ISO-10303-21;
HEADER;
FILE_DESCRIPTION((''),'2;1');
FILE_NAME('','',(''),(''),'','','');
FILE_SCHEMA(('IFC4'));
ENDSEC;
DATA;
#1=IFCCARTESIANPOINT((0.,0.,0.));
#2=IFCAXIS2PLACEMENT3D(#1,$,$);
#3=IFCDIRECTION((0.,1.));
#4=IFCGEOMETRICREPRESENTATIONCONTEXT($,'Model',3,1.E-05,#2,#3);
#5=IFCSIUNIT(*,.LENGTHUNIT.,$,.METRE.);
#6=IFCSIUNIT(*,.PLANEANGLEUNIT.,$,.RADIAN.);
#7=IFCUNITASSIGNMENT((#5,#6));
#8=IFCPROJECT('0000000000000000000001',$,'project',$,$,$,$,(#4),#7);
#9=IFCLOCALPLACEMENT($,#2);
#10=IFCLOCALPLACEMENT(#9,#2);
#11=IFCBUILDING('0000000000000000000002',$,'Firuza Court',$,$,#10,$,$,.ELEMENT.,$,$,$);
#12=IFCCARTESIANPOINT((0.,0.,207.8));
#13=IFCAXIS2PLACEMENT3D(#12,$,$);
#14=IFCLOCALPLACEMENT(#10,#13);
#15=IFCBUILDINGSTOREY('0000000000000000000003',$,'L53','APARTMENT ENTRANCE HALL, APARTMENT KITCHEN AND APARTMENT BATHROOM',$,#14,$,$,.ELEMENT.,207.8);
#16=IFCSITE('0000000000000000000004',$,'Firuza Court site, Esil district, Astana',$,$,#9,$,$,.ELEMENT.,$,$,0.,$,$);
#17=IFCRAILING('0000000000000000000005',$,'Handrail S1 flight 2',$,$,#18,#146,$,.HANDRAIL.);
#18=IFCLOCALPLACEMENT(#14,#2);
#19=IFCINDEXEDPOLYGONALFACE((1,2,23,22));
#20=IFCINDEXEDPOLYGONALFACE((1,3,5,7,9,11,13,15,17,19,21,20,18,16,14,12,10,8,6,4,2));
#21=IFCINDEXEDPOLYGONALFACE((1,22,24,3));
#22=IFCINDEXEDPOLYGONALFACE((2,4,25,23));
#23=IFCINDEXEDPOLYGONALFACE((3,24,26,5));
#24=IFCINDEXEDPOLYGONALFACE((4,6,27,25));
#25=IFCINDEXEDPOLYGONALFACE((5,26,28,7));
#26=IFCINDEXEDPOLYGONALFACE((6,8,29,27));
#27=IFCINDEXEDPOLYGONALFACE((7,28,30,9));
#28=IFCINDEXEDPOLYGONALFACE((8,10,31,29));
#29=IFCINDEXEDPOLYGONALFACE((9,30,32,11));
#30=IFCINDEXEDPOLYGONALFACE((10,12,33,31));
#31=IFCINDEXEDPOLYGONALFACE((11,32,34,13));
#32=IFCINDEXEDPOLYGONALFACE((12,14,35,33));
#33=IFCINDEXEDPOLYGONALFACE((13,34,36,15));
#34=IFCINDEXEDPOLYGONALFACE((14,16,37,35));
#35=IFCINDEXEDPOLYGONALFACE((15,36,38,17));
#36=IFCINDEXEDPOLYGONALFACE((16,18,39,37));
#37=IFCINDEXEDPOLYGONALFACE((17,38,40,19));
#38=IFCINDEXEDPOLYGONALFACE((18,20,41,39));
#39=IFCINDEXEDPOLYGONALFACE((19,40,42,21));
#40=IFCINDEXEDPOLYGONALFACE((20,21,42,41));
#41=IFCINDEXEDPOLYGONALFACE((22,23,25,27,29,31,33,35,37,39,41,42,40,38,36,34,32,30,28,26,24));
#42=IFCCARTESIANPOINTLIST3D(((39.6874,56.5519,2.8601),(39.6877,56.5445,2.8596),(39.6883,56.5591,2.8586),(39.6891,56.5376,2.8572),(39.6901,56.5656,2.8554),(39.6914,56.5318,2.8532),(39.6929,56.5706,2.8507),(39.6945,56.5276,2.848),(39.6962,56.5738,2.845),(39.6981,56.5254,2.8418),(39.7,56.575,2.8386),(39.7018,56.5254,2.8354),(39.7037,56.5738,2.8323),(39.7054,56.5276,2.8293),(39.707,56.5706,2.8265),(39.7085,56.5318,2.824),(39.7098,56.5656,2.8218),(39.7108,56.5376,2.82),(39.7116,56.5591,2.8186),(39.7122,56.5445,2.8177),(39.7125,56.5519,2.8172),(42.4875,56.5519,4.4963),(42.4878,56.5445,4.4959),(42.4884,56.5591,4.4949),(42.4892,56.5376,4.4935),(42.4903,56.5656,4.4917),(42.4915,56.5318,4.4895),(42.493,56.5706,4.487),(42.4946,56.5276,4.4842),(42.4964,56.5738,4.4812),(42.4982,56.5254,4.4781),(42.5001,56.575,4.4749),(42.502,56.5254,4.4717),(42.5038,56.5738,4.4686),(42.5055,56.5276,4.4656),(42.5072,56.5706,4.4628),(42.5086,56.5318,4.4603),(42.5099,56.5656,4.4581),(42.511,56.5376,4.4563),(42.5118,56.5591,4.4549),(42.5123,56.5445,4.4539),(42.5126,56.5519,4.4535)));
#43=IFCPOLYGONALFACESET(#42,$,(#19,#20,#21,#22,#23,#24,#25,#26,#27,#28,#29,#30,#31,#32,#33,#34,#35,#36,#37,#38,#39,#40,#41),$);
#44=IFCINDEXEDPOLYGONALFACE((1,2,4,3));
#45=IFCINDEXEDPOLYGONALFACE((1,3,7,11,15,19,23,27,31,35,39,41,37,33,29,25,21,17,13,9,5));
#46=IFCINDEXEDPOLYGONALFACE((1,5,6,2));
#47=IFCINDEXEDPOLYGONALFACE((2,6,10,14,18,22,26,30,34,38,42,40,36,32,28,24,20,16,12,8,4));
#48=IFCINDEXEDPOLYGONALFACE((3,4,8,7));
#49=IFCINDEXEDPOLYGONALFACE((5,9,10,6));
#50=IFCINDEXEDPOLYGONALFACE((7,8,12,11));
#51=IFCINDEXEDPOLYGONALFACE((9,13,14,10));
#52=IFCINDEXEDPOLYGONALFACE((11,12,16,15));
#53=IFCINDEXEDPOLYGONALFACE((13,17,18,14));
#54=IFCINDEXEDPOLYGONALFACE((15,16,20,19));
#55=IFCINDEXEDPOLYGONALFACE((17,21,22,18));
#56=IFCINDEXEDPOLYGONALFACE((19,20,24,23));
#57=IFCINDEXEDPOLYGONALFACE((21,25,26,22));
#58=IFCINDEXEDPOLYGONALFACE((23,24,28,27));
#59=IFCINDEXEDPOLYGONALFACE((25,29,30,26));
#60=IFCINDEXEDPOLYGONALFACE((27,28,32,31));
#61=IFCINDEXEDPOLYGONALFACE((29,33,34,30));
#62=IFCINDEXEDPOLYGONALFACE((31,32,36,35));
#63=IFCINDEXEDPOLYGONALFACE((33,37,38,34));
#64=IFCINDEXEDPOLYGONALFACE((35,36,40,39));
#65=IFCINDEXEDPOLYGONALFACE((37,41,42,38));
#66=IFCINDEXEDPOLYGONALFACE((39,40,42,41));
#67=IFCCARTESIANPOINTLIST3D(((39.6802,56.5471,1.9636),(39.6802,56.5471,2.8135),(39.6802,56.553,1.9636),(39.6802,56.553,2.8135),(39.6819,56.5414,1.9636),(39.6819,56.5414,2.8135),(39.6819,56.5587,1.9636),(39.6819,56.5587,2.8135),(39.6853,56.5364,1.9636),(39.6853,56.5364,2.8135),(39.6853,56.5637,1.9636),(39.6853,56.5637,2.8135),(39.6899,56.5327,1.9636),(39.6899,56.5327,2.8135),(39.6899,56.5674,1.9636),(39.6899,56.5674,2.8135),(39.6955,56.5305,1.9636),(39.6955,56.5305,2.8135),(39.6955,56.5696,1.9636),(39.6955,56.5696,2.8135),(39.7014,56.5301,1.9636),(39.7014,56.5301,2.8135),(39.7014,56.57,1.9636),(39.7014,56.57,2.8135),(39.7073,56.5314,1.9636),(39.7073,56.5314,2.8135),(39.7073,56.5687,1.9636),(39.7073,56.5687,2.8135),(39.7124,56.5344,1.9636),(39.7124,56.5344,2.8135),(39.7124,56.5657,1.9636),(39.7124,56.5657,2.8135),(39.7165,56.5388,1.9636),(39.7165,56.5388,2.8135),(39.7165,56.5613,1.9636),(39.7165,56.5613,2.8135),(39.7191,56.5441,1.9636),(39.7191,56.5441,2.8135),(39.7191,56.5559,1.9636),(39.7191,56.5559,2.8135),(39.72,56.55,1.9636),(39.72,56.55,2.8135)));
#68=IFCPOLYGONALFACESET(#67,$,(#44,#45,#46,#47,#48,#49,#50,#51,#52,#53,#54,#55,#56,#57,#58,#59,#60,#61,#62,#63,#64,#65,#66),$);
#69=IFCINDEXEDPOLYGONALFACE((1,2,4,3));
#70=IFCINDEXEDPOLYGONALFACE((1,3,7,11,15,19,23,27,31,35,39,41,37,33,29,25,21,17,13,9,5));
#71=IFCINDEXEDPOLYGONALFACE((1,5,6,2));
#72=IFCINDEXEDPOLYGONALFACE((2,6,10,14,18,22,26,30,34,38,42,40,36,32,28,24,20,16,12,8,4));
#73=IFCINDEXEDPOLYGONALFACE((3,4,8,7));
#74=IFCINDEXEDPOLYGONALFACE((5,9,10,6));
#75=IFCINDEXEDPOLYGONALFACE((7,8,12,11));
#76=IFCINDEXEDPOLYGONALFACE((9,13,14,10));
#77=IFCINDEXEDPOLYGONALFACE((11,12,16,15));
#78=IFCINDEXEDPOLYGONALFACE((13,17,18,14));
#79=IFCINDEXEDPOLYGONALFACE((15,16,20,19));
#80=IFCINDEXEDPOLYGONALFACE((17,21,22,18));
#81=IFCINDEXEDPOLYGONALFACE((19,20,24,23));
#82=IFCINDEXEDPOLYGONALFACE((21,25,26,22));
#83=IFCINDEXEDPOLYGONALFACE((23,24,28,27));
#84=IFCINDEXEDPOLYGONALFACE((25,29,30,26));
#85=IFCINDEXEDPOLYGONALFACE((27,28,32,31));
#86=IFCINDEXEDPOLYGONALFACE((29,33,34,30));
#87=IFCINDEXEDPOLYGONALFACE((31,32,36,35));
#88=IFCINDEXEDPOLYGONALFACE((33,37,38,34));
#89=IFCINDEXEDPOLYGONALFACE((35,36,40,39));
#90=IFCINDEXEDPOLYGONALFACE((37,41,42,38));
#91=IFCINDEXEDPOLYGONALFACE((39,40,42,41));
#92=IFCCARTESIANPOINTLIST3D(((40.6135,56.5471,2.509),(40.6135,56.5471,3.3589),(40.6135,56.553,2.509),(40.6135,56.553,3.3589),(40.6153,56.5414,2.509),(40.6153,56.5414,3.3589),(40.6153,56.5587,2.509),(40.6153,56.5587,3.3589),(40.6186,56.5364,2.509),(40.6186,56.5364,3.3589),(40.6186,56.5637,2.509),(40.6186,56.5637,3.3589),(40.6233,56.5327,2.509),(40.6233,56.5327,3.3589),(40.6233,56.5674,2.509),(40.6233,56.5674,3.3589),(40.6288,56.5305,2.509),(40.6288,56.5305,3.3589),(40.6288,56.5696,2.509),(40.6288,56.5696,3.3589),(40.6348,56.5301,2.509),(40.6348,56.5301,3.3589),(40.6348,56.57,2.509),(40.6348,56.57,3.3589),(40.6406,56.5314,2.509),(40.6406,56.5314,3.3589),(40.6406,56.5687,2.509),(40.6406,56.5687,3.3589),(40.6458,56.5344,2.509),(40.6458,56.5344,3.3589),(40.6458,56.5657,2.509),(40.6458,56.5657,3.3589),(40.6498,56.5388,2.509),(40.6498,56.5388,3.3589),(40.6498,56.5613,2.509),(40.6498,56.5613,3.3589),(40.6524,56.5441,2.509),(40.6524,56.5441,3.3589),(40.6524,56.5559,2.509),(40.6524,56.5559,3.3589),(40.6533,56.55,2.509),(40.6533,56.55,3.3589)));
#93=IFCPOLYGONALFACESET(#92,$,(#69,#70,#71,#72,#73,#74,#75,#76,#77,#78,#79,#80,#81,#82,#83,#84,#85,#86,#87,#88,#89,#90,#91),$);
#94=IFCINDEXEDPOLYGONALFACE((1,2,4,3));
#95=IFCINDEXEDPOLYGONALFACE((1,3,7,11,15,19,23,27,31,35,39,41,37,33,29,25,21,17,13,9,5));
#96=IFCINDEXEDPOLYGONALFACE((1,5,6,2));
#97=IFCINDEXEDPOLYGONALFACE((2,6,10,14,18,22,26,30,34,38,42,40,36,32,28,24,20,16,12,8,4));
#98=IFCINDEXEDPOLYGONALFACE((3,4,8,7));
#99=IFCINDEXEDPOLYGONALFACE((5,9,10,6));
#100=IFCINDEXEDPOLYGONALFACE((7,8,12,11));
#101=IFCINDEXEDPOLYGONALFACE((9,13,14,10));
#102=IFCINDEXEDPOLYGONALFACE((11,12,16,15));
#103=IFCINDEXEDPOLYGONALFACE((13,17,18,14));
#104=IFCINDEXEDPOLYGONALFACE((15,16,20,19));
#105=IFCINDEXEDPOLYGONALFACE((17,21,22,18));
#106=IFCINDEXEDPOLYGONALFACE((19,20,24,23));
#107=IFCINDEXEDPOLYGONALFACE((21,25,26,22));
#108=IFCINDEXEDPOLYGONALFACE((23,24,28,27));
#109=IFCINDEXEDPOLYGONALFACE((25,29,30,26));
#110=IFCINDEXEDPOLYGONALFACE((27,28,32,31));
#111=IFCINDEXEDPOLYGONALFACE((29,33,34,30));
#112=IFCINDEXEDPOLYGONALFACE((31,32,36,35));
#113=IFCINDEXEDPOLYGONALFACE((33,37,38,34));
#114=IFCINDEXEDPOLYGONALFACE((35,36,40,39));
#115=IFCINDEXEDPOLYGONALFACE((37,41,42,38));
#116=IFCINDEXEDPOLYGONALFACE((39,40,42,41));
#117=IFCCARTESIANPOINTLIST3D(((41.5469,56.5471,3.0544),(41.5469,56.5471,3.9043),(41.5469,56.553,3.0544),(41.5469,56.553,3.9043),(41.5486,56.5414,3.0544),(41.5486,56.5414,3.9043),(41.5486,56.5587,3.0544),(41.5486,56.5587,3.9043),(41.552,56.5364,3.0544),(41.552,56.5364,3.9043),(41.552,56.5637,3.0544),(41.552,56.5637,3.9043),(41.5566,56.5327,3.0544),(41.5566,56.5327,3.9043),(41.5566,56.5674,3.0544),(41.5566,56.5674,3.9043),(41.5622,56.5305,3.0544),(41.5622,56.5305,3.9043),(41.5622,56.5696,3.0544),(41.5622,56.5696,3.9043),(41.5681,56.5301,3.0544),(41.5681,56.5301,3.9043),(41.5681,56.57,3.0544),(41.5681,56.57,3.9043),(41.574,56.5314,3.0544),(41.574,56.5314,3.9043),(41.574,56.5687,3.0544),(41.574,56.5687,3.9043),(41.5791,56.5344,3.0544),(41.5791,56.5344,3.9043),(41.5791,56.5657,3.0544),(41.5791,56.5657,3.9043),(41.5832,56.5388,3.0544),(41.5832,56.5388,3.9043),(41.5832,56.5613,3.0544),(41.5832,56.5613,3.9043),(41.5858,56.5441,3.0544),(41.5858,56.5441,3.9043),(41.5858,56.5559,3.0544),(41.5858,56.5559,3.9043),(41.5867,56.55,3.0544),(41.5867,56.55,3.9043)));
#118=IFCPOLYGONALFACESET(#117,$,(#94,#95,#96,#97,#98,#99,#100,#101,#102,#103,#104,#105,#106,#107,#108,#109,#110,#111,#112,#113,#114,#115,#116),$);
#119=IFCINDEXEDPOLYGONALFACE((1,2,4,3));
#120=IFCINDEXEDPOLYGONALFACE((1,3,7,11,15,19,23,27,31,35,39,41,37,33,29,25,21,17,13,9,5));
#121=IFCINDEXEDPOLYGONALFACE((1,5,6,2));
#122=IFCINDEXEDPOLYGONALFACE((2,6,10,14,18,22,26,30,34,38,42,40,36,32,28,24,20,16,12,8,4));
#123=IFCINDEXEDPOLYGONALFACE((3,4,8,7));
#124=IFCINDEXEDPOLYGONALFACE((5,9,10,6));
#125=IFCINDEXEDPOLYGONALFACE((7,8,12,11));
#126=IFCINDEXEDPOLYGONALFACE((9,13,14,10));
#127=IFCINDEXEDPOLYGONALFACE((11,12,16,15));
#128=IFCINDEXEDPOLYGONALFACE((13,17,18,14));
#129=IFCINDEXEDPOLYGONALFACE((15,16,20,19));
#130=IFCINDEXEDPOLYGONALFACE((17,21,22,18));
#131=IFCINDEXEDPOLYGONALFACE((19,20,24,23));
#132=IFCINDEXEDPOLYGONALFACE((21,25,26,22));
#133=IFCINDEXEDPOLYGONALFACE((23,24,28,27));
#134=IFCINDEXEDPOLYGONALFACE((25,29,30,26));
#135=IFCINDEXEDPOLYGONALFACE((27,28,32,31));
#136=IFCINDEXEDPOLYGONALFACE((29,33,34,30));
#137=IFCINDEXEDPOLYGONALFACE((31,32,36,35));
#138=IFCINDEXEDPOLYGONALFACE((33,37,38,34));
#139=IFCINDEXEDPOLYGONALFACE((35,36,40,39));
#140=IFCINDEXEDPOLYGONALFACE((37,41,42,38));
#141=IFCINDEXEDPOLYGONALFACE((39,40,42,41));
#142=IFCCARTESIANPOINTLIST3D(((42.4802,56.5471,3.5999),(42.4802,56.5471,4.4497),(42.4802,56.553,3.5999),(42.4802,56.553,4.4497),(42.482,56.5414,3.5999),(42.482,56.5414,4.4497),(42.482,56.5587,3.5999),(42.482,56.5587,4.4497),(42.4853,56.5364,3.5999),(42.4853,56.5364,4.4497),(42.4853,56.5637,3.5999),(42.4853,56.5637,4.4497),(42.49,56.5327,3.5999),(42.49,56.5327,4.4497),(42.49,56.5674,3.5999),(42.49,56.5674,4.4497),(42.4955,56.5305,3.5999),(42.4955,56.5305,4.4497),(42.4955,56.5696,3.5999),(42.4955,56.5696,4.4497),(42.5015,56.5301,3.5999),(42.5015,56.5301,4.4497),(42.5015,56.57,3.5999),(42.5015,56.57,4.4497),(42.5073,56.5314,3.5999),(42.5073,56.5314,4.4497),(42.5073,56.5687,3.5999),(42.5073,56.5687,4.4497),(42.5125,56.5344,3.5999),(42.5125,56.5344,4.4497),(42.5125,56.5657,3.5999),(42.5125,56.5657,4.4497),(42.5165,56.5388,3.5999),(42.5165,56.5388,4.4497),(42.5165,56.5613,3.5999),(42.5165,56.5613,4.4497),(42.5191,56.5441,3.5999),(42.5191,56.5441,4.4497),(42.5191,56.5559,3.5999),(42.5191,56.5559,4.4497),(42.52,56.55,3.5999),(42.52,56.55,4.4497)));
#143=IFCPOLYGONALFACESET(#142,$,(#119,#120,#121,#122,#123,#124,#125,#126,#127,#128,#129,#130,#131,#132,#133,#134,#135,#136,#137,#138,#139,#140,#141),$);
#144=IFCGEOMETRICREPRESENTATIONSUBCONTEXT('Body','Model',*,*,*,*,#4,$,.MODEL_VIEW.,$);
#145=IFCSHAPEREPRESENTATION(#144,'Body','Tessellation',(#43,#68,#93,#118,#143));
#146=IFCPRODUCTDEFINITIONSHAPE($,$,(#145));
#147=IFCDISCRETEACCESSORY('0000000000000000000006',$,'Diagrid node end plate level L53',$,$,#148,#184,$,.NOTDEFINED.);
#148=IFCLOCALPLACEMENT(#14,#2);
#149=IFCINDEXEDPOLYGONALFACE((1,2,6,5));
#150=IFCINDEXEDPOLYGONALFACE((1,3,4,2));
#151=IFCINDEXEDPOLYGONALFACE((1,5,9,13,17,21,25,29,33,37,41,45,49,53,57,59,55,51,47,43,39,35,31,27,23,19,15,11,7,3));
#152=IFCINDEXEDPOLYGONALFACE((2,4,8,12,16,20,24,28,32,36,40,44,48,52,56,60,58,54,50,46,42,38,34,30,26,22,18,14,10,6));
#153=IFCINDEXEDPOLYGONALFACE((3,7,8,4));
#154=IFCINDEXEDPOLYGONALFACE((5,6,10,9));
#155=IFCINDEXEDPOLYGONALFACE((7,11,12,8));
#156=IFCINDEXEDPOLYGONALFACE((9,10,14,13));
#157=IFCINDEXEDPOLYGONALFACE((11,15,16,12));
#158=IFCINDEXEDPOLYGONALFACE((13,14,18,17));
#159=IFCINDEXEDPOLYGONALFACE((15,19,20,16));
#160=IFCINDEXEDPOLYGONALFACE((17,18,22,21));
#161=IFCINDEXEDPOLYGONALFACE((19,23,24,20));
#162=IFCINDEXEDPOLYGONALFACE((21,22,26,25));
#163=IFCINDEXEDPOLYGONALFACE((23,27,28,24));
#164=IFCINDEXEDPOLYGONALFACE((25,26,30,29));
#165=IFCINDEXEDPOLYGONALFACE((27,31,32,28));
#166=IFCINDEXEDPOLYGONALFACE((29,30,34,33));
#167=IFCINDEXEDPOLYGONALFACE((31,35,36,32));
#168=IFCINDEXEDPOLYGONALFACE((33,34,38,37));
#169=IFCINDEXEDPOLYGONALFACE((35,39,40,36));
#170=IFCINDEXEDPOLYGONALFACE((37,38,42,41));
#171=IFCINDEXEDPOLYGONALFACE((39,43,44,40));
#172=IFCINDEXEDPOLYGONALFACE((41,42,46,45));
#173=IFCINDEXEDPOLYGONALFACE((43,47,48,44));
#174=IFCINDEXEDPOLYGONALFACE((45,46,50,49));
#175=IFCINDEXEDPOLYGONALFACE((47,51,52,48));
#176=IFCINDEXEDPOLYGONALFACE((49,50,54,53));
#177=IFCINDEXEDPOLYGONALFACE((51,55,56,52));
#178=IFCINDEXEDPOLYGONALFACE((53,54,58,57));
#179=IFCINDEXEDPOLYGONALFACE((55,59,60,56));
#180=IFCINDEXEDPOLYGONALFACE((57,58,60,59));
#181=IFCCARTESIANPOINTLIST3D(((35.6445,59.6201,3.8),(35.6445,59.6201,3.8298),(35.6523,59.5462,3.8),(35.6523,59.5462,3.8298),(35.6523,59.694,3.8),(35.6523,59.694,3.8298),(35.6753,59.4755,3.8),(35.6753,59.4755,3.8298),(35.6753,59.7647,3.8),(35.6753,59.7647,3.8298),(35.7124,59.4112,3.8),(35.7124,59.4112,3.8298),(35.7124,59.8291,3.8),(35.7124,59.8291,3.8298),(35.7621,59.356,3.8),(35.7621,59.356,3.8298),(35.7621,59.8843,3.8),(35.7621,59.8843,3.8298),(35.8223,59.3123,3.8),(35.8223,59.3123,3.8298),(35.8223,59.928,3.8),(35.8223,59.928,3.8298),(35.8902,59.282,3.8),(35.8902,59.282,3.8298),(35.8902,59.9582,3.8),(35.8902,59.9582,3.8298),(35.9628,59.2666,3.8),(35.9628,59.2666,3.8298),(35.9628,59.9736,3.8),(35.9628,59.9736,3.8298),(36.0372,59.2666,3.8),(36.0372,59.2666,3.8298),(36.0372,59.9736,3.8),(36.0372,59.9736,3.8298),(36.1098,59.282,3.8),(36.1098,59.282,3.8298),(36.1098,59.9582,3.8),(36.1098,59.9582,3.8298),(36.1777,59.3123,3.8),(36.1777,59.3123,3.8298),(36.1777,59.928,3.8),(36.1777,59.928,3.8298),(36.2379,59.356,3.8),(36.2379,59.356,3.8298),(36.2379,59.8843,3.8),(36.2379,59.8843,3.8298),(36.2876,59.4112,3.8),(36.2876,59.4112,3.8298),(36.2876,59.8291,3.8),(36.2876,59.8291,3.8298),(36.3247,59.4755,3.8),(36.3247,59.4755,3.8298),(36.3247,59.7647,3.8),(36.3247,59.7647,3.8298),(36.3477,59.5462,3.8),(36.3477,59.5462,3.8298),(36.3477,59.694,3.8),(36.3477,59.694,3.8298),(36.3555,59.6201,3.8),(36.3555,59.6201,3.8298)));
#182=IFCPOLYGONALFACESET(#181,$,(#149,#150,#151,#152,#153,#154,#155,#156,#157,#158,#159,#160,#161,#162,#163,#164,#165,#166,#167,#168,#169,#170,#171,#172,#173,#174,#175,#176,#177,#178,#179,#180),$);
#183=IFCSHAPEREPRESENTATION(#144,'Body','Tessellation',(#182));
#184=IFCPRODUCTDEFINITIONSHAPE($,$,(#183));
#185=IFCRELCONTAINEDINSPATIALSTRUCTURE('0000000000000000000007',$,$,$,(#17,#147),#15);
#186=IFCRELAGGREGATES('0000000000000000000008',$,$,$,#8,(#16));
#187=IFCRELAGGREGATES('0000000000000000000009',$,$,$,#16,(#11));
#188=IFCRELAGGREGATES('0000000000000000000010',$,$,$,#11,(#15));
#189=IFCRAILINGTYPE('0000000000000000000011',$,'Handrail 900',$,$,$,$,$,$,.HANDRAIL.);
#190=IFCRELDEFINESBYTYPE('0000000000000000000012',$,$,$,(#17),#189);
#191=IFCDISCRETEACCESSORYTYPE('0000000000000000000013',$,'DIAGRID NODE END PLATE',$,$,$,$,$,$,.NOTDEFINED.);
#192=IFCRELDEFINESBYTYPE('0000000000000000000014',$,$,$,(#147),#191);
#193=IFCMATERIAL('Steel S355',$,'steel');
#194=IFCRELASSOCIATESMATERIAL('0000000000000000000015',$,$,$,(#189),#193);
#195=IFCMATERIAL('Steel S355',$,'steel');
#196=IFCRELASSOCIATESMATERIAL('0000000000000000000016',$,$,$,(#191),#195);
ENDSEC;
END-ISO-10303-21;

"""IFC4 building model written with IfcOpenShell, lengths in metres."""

from ifc_helpers import new_model, si_unit, direction, frame, origin, origin_2d, place, context, subcontext, project, spatial, circle, extrude, material, material_profile, profile_set, type_object, element, save


model = new_model("IFC4")

# Units and contexts
model_context = context("Model", 3, precision=1e-05, world=origin(), true_north=direction((0.0, 1.0)))
body_context = subcontext(model_context, "Body", "Model", "MODEL_VIEW")
ifc_project = project(units=[si_unit("LENGTHUNIT", "METRE"), si_unit("PLANEANGLEUNIT", "RADIAN")], contexts=[model_context])

# Site, building, storey
site_placement = place(None, origin())
site = spatial("IfcSite", under=ifc_project, at=site_placement, Name="Firuza Court site, Esil district, Astana", CompositionType="ELEMENT", RefElevation=0.0)
building_placement = place(site_placement, origin())
building = spatial("IfcBuilding", under=site, at=building_placement, Name="Firuza Court", CompositionType="ELEMENT")
storey_placement = place(building_placement, frame((0.0, 0.0, 207.8)))
storey = spatial("IfcBuildingStorey", under=building, at=storey_placement, Name="L53", Description="APARTMENT ENTRANCE HALL, APARTMENT KITCHEN AND APARTMENT BATHROOM", CompositionType="ELEMENT", Elevation=207.8)

# Railing
ifc_material_1 = material(Name="Steel S355", Category="steel")
railing_type_1 = type_object("IfcRailingType", Name="Handrail 900", PredefinedType="HANDRAIL", material=ifc_material_1)
railing_1_placement = place(storey_placement, frame((39.7, 56.55, 1.9636)))
element("IfcRailing", 1, at=railing_1_placement, inside=storey, type_object=railing_type_1, Name="Handrail S1 flight 2", PredefinedType="HANDRAIL", context=body_context, shape_type="SweptSolid", body=[
    extrude(circle(Radius=0.0249, at=origin_2d()), frame((0.0, 0.0, 0.875), z_axis=(0.863394, 0.0, 0.504531), x_axis=(0.0, 1.0, 0.0)), (0.0, 0.0, 1.0), 3.2432),
    extrude(circle(Radius=0.02, at=origin_2d()), origin(), (0.0, 0.0, 1.0), 0.8499),
    extrude(circle(Radius=0.02, at=origin_2d()), frame((0.9333, 0.0, 0.5454)), (0.0, 0.0, 1.0), 0.8499),
    extrude(circle(Radius=0.02, at=origin_2d()), frame((1.8667, 0.0, 1.0908)), (0.0, 0.0, 1.0), 0.8499),
    extrude(circle(Radius=0.02, at=origin_2d()), frame((2.8, 0.0, 1.6362)), (0.0, 0.0, 1.0), 0.8499),
])

# Discrete accessory
ifc_material_2 = material(Name="Steel S355", Category="steel")
ifc_material_profile_1 = material_profile(ifc_material_2, circle(Radius=0.3555, at=origin_2d()), Name="PL D711")
ifc_profile_set_1 = profile_set([ifc_material_profile_1], Name="Steel S355")
discrete_accessory_type = type_object("IfcDiscreteAccessoryType", Name="DIAGRID NODE END PLATE", PredefinedType="NOTDEFINED", material=ifc_profile_set_1)
discrete_accessory_1_placement = place(storey_placement, frame((36.0, 59.6201, 3.8), z_axis=(0.0, 0.0, 1.0), x_axis=(1.0, 0.0, 0.0)))
element("IfcDiscreteAccessory", 2, at=discrete_accessory_1_placement, inside=storey, type_object=discrete_accessory_type, Name="Diagrid node end plate level L53", PredefinedType="NOTDEFINED", context=body_context, shape_type="SweptSolid", body=[
    extrude(circle(Radius=0.3555, at=origin_2d()), origin(), (0.0, 0.0, 1.0), 0.0298),
])

save(model, "model.ifc")
